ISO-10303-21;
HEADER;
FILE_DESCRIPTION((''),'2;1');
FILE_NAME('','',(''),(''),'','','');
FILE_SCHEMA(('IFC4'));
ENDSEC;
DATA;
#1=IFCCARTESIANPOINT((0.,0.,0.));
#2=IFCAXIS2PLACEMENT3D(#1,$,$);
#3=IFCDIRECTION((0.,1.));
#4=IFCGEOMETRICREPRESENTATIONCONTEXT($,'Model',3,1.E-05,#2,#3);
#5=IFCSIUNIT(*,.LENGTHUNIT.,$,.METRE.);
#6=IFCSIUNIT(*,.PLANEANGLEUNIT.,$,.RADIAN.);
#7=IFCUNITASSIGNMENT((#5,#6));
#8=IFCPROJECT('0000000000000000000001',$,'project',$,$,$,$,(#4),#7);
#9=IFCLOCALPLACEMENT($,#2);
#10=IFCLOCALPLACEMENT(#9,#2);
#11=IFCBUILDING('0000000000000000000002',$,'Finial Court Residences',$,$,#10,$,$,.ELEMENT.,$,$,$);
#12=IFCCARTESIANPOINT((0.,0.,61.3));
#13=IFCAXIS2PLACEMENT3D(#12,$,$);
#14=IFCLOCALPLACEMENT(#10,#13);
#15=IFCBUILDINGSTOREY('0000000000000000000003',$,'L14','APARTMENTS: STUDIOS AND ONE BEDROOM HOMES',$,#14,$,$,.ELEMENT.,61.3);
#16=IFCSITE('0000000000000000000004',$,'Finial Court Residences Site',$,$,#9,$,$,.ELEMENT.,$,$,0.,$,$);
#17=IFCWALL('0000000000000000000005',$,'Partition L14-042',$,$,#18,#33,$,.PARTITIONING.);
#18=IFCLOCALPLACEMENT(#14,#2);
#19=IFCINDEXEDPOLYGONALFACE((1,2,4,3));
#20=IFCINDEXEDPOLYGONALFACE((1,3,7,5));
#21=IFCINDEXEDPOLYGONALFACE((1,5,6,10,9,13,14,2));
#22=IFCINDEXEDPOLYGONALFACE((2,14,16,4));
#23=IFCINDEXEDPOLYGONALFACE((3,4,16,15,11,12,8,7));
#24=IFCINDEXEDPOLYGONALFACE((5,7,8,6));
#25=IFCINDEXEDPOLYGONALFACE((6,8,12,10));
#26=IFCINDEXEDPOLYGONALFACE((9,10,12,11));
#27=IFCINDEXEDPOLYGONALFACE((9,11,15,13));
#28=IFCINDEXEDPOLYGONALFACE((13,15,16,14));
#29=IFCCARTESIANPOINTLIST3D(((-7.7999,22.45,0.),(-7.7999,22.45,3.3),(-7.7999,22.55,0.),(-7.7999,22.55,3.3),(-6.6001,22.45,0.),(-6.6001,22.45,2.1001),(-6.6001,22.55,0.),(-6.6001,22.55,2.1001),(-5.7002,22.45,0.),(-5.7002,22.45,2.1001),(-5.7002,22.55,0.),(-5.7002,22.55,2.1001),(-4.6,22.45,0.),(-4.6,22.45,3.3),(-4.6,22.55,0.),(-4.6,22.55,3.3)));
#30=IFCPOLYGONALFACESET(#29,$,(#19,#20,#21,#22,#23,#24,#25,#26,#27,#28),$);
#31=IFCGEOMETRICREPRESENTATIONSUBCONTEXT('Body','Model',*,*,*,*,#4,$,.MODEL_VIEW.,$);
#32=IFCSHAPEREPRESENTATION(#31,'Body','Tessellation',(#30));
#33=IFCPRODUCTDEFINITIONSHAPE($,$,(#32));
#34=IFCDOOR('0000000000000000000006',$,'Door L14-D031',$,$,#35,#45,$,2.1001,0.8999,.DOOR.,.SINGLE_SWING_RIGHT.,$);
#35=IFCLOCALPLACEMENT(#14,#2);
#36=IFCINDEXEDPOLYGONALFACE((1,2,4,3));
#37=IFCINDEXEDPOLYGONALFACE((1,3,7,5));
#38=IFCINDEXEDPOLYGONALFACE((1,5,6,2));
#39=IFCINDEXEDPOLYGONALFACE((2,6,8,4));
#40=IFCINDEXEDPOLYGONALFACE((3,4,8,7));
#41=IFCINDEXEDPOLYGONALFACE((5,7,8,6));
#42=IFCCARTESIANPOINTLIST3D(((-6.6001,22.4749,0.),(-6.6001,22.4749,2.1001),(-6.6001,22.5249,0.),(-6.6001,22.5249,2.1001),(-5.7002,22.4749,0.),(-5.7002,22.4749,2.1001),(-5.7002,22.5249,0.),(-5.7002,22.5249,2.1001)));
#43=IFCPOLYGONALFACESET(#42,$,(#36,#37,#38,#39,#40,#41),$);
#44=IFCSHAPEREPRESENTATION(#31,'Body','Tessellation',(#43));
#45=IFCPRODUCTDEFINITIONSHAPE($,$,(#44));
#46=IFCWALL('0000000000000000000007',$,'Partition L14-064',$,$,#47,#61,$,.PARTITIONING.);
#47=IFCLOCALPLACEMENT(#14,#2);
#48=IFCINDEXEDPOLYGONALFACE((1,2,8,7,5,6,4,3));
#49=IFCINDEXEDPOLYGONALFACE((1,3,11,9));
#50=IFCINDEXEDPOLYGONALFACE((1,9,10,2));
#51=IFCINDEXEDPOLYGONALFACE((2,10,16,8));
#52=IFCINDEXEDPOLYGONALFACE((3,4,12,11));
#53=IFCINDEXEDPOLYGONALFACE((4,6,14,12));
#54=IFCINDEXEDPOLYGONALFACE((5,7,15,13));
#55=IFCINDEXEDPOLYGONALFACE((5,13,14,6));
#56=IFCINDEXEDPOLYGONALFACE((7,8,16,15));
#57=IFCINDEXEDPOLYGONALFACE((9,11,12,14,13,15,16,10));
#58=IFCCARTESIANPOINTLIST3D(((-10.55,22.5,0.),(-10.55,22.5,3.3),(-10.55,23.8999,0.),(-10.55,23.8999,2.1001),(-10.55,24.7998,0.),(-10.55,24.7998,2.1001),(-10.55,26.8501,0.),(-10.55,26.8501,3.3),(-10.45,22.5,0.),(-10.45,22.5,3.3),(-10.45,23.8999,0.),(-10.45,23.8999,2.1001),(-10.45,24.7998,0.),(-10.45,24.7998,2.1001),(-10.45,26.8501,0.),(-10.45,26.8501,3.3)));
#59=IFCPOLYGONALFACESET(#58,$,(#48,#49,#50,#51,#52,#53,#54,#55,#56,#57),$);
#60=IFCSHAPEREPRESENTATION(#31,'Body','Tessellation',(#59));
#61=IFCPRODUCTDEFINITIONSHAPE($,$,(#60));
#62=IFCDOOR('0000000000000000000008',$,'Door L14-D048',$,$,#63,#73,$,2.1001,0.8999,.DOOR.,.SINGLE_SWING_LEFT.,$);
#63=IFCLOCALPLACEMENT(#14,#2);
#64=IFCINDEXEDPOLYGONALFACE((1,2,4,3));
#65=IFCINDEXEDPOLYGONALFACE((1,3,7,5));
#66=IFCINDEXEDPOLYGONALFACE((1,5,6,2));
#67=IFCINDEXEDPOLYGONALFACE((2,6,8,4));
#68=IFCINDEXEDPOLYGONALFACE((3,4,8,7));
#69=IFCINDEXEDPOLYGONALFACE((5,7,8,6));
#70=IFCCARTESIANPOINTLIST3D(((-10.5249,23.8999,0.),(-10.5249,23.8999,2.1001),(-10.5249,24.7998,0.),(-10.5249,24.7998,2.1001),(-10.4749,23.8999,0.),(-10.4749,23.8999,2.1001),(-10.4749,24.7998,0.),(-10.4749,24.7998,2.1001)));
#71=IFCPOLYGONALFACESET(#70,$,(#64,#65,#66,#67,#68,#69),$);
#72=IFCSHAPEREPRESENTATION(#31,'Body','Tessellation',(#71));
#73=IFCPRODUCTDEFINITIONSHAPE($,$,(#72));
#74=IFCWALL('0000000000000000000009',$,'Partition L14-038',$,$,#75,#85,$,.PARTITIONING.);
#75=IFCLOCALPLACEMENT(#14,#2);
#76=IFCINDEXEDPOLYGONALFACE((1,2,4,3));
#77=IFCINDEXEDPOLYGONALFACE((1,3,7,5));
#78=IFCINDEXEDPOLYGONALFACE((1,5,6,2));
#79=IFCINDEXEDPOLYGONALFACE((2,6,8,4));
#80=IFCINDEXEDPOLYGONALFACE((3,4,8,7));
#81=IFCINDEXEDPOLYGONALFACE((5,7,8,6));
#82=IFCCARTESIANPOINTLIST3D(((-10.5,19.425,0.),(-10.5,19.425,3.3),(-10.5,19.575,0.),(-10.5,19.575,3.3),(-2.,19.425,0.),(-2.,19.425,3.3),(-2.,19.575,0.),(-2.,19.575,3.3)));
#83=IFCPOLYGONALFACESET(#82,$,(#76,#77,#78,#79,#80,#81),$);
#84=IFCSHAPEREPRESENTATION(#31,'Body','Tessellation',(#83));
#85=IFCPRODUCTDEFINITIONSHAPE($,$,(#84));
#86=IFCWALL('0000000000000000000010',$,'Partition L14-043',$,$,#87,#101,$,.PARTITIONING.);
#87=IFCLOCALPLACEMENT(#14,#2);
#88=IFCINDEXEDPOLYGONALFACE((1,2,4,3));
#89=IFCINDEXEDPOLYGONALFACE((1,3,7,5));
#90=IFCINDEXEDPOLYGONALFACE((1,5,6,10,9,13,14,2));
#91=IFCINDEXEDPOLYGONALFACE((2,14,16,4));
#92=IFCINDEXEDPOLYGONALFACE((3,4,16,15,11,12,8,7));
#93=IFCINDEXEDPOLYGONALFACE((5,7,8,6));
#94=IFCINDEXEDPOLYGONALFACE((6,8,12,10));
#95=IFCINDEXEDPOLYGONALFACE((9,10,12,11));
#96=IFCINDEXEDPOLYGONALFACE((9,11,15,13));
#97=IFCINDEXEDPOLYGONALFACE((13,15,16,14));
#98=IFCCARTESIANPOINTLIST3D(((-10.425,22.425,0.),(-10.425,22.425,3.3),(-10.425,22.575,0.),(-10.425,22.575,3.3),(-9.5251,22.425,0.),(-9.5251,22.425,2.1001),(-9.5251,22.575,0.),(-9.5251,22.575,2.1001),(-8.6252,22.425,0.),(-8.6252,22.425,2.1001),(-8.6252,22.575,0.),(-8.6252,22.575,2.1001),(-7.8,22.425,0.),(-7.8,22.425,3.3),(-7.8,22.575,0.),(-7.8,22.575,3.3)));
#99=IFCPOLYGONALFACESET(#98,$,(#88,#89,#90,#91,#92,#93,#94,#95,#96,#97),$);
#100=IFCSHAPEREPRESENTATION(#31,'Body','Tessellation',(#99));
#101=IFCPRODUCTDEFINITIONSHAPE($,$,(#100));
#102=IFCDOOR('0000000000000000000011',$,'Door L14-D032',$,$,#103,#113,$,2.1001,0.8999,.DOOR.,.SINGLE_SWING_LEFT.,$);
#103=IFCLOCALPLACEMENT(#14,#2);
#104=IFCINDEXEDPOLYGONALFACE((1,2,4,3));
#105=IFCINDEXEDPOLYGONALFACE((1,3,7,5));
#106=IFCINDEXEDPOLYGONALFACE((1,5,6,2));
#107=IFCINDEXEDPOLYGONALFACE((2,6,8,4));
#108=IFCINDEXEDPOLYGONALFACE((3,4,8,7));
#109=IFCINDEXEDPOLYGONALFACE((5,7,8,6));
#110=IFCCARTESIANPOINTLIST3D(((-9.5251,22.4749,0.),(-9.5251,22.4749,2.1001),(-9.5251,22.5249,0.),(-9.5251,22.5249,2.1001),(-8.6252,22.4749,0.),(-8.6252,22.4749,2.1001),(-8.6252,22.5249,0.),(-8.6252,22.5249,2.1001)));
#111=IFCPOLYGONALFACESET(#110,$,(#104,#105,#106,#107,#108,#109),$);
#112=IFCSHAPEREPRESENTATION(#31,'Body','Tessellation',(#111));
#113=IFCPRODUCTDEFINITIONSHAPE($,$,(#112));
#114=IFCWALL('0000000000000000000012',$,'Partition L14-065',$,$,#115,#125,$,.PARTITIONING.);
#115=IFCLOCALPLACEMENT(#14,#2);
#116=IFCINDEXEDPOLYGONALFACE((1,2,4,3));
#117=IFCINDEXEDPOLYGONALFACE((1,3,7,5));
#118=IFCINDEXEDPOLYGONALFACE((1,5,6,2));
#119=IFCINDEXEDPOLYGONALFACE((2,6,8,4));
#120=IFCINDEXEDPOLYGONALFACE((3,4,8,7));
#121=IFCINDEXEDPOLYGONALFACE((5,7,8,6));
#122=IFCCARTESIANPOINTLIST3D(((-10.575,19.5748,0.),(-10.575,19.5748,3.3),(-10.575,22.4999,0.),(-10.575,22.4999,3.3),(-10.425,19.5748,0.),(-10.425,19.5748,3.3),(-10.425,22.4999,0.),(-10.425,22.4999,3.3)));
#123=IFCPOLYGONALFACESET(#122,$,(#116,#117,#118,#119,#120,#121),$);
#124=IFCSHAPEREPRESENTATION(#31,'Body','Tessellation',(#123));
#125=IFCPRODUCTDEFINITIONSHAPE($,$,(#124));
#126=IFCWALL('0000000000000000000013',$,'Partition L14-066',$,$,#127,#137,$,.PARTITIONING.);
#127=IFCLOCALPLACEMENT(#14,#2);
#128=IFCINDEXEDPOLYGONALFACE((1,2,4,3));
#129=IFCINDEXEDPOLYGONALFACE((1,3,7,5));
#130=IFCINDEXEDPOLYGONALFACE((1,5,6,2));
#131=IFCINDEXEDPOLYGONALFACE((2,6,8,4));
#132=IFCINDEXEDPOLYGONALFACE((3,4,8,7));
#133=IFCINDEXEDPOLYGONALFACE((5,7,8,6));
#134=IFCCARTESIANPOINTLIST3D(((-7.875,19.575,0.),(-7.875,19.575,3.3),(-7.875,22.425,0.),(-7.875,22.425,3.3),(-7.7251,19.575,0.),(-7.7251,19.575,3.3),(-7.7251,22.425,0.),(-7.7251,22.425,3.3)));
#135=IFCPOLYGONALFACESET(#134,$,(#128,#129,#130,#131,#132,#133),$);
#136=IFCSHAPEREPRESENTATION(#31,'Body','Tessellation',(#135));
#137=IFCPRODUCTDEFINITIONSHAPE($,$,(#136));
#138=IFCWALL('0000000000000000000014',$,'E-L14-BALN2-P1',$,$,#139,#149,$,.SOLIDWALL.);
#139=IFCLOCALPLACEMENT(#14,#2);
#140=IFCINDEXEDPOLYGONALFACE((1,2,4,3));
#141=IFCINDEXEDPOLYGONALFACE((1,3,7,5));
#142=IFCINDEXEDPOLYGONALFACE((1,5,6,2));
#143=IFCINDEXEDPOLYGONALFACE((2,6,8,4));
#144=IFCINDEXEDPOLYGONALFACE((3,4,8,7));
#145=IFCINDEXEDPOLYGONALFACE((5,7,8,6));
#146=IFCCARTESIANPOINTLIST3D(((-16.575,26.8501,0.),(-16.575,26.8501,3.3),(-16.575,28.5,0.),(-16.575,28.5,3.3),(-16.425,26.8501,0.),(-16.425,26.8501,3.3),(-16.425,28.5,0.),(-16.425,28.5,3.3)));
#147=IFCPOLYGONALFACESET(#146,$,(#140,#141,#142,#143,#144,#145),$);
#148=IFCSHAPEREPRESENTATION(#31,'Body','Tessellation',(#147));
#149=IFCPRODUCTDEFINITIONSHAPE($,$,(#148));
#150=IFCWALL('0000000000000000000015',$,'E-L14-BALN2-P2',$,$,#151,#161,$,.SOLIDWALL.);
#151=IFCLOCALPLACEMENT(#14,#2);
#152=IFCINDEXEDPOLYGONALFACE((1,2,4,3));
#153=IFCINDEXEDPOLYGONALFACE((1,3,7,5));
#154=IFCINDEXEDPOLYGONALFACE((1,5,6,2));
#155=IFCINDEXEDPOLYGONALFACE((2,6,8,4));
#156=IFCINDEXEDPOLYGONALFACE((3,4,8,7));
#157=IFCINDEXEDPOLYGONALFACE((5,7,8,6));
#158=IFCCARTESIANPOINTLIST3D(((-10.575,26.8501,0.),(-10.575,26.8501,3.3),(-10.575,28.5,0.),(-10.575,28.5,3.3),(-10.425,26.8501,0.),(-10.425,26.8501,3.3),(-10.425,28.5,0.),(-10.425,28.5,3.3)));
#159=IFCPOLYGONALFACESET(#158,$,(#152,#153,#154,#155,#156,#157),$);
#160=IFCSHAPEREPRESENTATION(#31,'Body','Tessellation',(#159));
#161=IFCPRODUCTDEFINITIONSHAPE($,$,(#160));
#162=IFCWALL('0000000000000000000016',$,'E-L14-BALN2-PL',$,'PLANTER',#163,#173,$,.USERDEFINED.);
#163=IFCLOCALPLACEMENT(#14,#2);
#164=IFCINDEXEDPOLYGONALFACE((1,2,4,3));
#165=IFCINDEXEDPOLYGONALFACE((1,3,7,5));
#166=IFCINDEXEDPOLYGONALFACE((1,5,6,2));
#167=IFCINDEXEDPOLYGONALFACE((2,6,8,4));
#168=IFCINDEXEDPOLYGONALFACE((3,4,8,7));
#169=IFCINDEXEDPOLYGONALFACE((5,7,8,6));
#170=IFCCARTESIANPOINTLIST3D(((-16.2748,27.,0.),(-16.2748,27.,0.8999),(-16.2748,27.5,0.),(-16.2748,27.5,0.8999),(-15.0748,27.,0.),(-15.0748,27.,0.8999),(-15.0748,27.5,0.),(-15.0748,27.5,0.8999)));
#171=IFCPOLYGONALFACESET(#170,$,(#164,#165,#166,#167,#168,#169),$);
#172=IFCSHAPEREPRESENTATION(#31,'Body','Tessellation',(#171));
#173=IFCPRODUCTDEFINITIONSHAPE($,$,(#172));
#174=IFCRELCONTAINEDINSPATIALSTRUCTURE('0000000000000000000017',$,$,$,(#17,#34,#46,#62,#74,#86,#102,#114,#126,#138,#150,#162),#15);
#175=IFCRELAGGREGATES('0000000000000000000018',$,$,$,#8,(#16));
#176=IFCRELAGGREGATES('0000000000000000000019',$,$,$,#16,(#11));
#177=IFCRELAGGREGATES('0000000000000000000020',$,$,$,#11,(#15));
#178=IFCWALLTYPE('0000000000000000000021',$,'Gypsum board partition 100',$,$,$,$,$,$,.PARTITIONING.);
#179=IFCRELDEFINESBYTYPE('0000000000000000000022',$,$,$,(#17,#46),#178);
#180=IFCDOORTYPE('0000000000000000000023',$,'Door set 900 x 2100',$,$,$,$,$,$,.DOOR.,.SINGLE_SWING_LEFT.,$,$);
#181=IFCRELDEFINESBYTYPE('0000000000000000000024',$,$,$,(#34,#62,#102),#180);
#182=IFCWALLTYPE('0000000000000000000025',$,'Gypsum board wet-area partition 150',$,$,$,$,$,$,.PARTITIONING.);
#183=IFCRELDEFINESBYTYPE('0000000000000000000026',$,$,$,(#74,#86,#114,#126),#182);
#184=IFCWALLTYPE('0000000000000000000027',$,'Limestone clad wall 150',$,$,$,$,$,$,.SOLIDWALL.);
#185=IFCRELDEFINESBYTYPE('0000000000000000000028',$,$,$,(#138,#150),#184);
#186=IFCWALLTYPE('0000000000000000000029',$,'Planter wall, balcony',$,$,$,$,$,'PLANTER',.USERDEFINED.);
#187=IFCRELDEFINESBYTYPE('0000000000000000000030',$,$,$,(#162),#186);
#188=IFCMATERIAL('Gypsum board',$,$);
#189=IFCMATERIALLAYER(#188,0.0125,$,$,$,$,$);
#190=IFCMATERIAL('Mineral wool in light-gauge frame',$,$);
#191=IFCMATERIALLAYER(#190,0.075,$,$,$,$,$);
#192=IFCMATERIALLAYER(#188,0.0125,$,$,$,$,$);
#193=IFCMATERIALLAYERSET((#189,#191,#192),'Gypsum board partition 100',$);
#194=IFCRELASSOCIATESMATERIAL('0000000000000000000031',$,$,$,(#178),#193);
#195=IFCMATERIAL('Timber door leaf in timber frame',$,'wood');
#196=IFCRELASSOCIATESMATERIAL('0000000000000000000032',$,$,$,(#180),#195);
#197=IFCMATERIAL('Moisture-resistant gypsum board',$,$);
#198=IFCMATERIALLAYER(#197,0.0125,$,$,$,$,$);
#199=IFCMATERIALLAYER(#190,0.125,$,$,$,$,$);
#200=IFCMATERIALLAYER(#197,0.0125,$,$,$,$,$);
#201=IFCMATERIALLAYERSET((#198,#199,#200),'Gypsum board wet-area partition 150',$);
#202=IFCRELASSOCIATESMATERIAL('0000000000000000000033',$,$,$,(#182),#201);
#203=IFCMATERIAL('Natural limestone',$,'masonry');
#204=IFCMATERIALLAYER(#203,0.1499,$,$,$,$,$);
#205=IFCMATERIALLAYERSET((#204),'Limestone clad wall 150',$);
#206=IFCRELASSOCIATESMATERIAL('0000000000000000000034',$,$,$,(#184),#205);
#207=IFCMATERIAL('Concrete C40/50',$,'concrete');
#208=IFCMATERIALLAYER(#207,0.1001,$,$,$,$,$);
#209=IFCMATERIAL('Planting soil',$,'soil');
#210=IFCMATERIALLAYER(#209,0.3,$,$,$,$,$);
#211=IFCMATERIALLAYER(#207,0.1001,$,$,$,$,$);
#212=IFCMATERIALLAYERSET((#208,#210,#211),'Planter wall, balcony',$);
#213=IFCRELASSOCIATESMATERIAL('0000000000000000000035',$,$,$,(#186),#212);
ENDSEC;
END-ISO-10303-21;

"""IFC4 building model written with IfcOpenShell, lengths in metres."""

from ifc_helpers import new_model, si_unit, direction, frame, frame_2d, origin, place, context, subcontext, project, spatial, rectangle, extrude, material, layer, layer_set, type_object, element, fill, save


model = new_model("IFC4")

# Units and contexts
model_context = context("Model", 3, precision=1e-05, world=origin(), true_north=direction((0.0, 1.0)))
body_context = subcontext(model_context, "Body", "Model", "MODEL_VIEW")
ifc_project = project(units=[si_unit("LENGTHUNIT", "METRE"), si_unit("PLANEANGLEUNIT", "RADIAN")], contexts=[model_context])

# Site, building, storey
site_placement = place(None, origin())
site = spatial("IfcSite", under=ifc_project, at=site_placement, Name="Finial Court Residences Site", CompositionType="ELEMENT", RefElevation=0.0)
building_placement = place(site_placement, origin())
building = spatial("IfcBuilding", under=site, at=building_placement, Name="Finial Court Residences", CompositionType="ELEMENT")
storey_placement = place(building_placement, frame((0.0, 0.0, 61.3)))
storey = spatial("IfcBuildingStorey", under=building, at=storey_placement, Name="L14", Description="APARTMENTS: STUDIOS AND ONE BEDROOM HOMES", CompositionType="ELEMENT", Elevation=61.3)

# Shared definitions
ifc_material_1 = material(Name="Gypsum board")

# Walls, openings, doors
ifc_layer_1 = layer(ifc_material_1, 0.0125)
ifc_material_2 = material(Name="Mineral wool in light-gauge frame")
ifc_layer_2 = layer(ifc_material_2, 0.075)
ifc_layer_3 = layer(ifc_material_1, 0.0125)
ifc_layer_set_1 = layer_set([ifc_layer_1, ifc_layer_2, ifc_layer_3], Name="Gypsum board partition 100")
wall_type_1 = type_object("IfcWallType", Name="Gypsum board partition 100", PredefinedType="PARTITIONING", material=ifc_layer_set_1)
ifc_material_3 = material(Name="Timber door leaf in timber frame", Category="wood")
door_type_1 = type_object("IfcDoorType", Name="Door set 900 x 2100", OperationType="SINGLE_SWING_LEFT", PredefinedType="DOOR", material=ifc_material_3)
wall_1_placement = place(storey_placement, frame((-7.8, 22.5, 0.0), z_axis=(0.0, 0.0, 1.0), x_axis=(1.0, 0.0, 0.0)))
wall_1 = element("IfcWall", 1, at=wall_1_placement, inside=storey, type_object=wall_type_1, Name="Partition L14-042", PredefinedType="PARTITIONING", context=body_context, shape_type="SweptSolid", body=[
    extrude(rectangle(XDim=3.2, YDim=0.1001, at=frame_2d((1.6001, 0.0))), origin(), (0.0, 0.0, 1.0), 3.3),
])
opening_1_placement = place(wall_1_placement, frame((1.2, 0.0, 0.0)))
opening_1 = element("IfcOpeningElement", 2, at=opening_1_placement, cuts=wall_1, PredefinedType="OPENING", context=body_context, shape_type="SweptSolid", body=[
    extrude(rectangle(XDim=0.8999, YDim=2.1001, at=frame_2d((0.45, 1.05))), frame((0.0, 0.0601, 0.0), z_axis=(0.0, -1.0, 0.0), x_axis=(1.0, 0.0, 0.0)), (0.0, 0.0, 1.0), 0.1201),
])
door_1_placement = place(opening_1_placement, origin())
door_1 = element("IfcDoor", 3, at=door_1_placement, inside=storey, type_object=door_type_1, Name="Door L14-D031", OperationType="SINGLE_SWING_RIGHT", OverallHeight=2.1001, OverallWidth=0.8999, PredefinedType="DOOR", context=body_context, shape_type="SweptSolid", body=[
    extrude(rectangle(XDim=0.8999, YDim=2.1001, at=frame_2d((0.45, 1.05))), frame((0.0, 0.0249, 0.0), z_axis=(0.0, -1.0, 0.0), x_axis=(1.0, 0.0, 0.0)), (0.0, 0.0, 1.0), 0.05),
])
fill(opening_1, door_1)
wall_2_placement = place(storey_placement, frame((-10.5, 22.5, 0.0), z_axis=(0.0, 0.0, 1.0), x_axis=(0.0, 1.0, 0.0)))
wall_2 = element("IfcWall", 4, at=wall_2_placement, inside=storey, type_object=wall_type_1, Name="Partition L14-064", PredefinedType="PARTITIONING", context=body_context, shape_type="SweptSolid", body=[
    extrude(rectangle(XDim=4.3501, YDim=0.1001, at=frame_2d((2.175, 0.0))), origin(), (0.0, 0.0, 1.0), 3.3),
])
opening_2_placement = place(wall_2_placement, frame((1.3999, 0.0, 0.0)))
opening_2 = element("IfcOpeningElement", 5, at=opening_2_placement, cuts=wall_2, PredefinedType="OPENING", context=body_context, shape_type="SweptSolid", body=[
    extrude(rectangle(XDim=0.8999, YDim=2.1001, at=frame_2d((0.45, 1.05))), frame((0.0, 0.0601, 0.0), z_axis=(0.0, -1.0, 0.0), x_axis=(1.0, 0.0, 0.0)), (0.0, 0.0, 1.0), 0.1201),
])
door_2_placement = place(opening_2_placement, origin())
door_2 = element("IfcDoor", 6, at=door_2_placement, inside=storey, type_object=door_type_1, Name="Door L14-D048", OperationType="SINGLE_SWING_LEFT", OverallHeight=2.1001, OverallWidth=0.8999, PredefinedType="DOOR", context=body_context, shape_type="SweptSolid", body=[
    extrude(rectangle(XDim=0.8999, YDim=2.1001, at=frame_2d((0.45, 1.05))), frame((0.0, 0.0249, 0.0), z_axis=(0.0, -1.0, 0.0), x_axis=(1.0, 0.0, 0.0)), (0.0, 0.0, 1.0), 0.05),
])
fill(opening_2, door_2)

# Wall
ifc_material_4 = material(Name="Moisture-resistant gypsum board")
ifc_layer_4 = layer(ifc_material_4, 0.0125)
ifc_layer_5 = layer(ifc_material_2, 0.125)
ifc_layer_6 = layer(ifc_material_4, 0.0125)
ifc_layer_set_2 = layer_set([ifc_layer_4, ifc_layer_5, ifc_layer_6], Name="Gypsum board wet-area partition 150")
wall_type_2 = type_object("IfcWallType", Name="Gypsum board wet-area partition 150", PredefinedType="PARTITIONING", material=ifc_layer_set_2)
wall_3_placement = place(storey_placement, frame((-10.5, 19.5, 0.0), z_axis=(0.0, 0.0, 1.0), x_axis=(1.0, 0.0, 0.0)))
element("IfcWall", 7, at=wall_3_placement, inside=storey, type_object=wall_type_2, Name="Partition L14-038", PredefinedType="PARTITIONING", context=body_context, shape_type="SweptSolid", body=[
    extrude(rectangle(XDim=8.5, YDim=0.1499, at=frame_2d((4.25, 0.0))), origin(), (0.0, 0.0, 1.0), 3.3),
])

# Wall, opening, door
wall_4_placement = place(storey_placement, frame((-10.425, 22.5, 0.0), z_axis=(0.0, 0.0, 1.0), x_axis=(1.0, 0.0, 0.0)))
wall_4 = element("IfcWall", 8, at=wall_4_placement, inside=storey, type_object=wall_type_2, Name="Partition L14-043", PredefinedType="PARTITIONING", context=body_context, shape_type="SweptSolid", body=[
    extrude(rectangle(XDim=2.625, YDim=0.1499, at=frame_2d((1.3125, 0.0))), origin(), (0.0, 0.0, 1.0), 3.3),
])
opening_3_placement = place(wall_4_placement, frame((0.8999, 0.0, 0.0)))
opening_3 = element("IfcOpeningElement", 9, at=opening_3_placement, cuts=wall_4, PredefinedType="OPENING", context=body_context, shape_type="SweptSolid", body=[
    extrude(rectangle(XDim=0.8999, YDim=2.1001, at=frame_2d((0.45, 1.05))), frame((0.0, 0.085, 0.0), z_axis=(0.0, -1.0, 0.0), x_axis=(1.0, 0.0, 0.0)), (0.0, 0.0, 1.0), 0.1699),
])
door_3_placement = place(opening_3_placement, origin())
door_3 = element("IfcDoor", 10, at=door_3_placement, inside=storey, type_object=door_type_1, Name="Door L14-D032", OperationType="SINGLE_SWING_LEFT", OverallHeight=2.1001, OverallWidth=0.8999, PredefinedType="DOOR", context=body_context, shape_type="SweptSolid", body=[
    extrude(rectangle(XDim=0.8999, YDim=2.1001, at=frame_2d((0.45, 1.05))), frame((0.0, 0.0249, 0.0), z_axis=(0.0, -1.0, 0.0), x_axis=(1.0, 0.0, 0.0)), (0.0, 0.0, 1.0), 0.05),
])
fill(opening_3, door_3)

# Walls
wall_5_placement = place(storey_placement, frame((-10.5, 19.575, 0.0), z_axis=(0.0, 0.0, 1.0), x_axis=(0.0, 1.0, 0.0)))
element("IfcWall", 11, at=wall_5_placement, inside=storey, type_object=wall_type_2, Name="Partition L14-065", PredefinedType="PARTITIONING", context=body_context, shape_type="SweptSolid", body=[
    extrude(rectangle(XDim=2.925, YDim=0.1499, at=frame_2d((1.4624, 0.0))), origin(), (0.0, 0.0, 1.0), 3.3),
])
wall_6_placement = place(storey_placement, frame((-7.8, 19.575, 0.0), z_axis=(0.0, 0.0, 1.0), x_axis=(0.0, 1.0, 0.0)))
element("IfcWall", 12, at=wall_6_placement, inside=storey, type_object=wall_type_2, Name="Partition L14-066", PredefinedType="PARTITIONING", context=body_context, shape_type="SweptSolid", body=[
    extrude(rectangle(XDim=2.8501, YDim=0.1499, at=frame_2d((1.425, 0.0))), origin(), (0.0, 0.0, 1.0), 3.3),
])
ifc_material_5 = material(Name="Natural limestone", Category="masonry")
ifc_layer_7 = layer(ifc_material_5, 0.1499)
ifc_layer_set_3 = layer_set([ifc_layer_7], Name="Limestone clad wall 150")
wall_type_3 = type_object("IfcWallType", Name="Limestone clad wall 150", PredefinedType="SOLIDWALL", material=ifc_layer_set_3)
for number, where, z_axis, x_axis, name in (
    (13, (-16.5, 26.8501, 0.0), (0.0, 0.0, 1.0), (0.0, 1.0, 0.0), "E-L14-BALN2-P1"),
    (14, (-10.5, 26.8501, 0.0), (0.0, 0.0, 1.0), (0.0, 1.0, 0.0), "E-L14-BALN2-P2"),
):
    element("IfcWall", number, at=place(storey_placement, frame(where, z_axis=z_axis, x_axis=x_axis)), inside=storey, type_object=wall_type_3, Name=name, PredefinedType="SOLIDWALL", context=body_context, shape_type="SweptSolid", body=[
        extrude(rectangle(XDim=1.6499, YDim=0.1499, at=frame_2d((0.825, 0.0))), origin(), (0.0, 0.0, 1.0), 3.3),
    ])

# Wall
ifc_material_6 = material(Name="Concrete C40/50", Category="concrete")
ifc_layer_8 = layer(ifc_material_6, 0.1001)
ifc_material_7 = material(Name="Planting soil", Category="soil")
ifc_layer_9 = layer(ifc_material_7, 0.3)
ifc_layer_10 = layer(ifc_material_6, 0.1001)
ifc_layer_set_4 = layer_set([ifc_layer_8, ifc_layer_9, ifc_layer_10], Name="Planter wall, balcony")
wall_type_4 = type_object("IfcWallType", Name="Planter wall, balcony", ElementType="PLANTER", PredefinedType="USERDEFINED", material=ifc_layer_set_4)
wall_7_placement = place(storey_placement, frame((-16.2749, 27.25, 0.0), z_axis=(0.0, 0.0, 1.0), x_axis=(1.0, 0.0, 0.0)))
element("IfcWall", 15, at=wall_7_placement, inside=storey, type_object=wall_type_4, Name="E-L14-BALN2-PL", ObjectType="PLANTER", PredefinedType="USERDEFINED", context=body_context, shape_type="SweptSolid", body=[
    extrude(rectangle(XDim=1.2, YDim=0.5, at=frame_2d((0.6001, 0.0))), origin(), (0.0, 0.0, 1.0), 0.8999),
])

save(model, "model.ifc")
